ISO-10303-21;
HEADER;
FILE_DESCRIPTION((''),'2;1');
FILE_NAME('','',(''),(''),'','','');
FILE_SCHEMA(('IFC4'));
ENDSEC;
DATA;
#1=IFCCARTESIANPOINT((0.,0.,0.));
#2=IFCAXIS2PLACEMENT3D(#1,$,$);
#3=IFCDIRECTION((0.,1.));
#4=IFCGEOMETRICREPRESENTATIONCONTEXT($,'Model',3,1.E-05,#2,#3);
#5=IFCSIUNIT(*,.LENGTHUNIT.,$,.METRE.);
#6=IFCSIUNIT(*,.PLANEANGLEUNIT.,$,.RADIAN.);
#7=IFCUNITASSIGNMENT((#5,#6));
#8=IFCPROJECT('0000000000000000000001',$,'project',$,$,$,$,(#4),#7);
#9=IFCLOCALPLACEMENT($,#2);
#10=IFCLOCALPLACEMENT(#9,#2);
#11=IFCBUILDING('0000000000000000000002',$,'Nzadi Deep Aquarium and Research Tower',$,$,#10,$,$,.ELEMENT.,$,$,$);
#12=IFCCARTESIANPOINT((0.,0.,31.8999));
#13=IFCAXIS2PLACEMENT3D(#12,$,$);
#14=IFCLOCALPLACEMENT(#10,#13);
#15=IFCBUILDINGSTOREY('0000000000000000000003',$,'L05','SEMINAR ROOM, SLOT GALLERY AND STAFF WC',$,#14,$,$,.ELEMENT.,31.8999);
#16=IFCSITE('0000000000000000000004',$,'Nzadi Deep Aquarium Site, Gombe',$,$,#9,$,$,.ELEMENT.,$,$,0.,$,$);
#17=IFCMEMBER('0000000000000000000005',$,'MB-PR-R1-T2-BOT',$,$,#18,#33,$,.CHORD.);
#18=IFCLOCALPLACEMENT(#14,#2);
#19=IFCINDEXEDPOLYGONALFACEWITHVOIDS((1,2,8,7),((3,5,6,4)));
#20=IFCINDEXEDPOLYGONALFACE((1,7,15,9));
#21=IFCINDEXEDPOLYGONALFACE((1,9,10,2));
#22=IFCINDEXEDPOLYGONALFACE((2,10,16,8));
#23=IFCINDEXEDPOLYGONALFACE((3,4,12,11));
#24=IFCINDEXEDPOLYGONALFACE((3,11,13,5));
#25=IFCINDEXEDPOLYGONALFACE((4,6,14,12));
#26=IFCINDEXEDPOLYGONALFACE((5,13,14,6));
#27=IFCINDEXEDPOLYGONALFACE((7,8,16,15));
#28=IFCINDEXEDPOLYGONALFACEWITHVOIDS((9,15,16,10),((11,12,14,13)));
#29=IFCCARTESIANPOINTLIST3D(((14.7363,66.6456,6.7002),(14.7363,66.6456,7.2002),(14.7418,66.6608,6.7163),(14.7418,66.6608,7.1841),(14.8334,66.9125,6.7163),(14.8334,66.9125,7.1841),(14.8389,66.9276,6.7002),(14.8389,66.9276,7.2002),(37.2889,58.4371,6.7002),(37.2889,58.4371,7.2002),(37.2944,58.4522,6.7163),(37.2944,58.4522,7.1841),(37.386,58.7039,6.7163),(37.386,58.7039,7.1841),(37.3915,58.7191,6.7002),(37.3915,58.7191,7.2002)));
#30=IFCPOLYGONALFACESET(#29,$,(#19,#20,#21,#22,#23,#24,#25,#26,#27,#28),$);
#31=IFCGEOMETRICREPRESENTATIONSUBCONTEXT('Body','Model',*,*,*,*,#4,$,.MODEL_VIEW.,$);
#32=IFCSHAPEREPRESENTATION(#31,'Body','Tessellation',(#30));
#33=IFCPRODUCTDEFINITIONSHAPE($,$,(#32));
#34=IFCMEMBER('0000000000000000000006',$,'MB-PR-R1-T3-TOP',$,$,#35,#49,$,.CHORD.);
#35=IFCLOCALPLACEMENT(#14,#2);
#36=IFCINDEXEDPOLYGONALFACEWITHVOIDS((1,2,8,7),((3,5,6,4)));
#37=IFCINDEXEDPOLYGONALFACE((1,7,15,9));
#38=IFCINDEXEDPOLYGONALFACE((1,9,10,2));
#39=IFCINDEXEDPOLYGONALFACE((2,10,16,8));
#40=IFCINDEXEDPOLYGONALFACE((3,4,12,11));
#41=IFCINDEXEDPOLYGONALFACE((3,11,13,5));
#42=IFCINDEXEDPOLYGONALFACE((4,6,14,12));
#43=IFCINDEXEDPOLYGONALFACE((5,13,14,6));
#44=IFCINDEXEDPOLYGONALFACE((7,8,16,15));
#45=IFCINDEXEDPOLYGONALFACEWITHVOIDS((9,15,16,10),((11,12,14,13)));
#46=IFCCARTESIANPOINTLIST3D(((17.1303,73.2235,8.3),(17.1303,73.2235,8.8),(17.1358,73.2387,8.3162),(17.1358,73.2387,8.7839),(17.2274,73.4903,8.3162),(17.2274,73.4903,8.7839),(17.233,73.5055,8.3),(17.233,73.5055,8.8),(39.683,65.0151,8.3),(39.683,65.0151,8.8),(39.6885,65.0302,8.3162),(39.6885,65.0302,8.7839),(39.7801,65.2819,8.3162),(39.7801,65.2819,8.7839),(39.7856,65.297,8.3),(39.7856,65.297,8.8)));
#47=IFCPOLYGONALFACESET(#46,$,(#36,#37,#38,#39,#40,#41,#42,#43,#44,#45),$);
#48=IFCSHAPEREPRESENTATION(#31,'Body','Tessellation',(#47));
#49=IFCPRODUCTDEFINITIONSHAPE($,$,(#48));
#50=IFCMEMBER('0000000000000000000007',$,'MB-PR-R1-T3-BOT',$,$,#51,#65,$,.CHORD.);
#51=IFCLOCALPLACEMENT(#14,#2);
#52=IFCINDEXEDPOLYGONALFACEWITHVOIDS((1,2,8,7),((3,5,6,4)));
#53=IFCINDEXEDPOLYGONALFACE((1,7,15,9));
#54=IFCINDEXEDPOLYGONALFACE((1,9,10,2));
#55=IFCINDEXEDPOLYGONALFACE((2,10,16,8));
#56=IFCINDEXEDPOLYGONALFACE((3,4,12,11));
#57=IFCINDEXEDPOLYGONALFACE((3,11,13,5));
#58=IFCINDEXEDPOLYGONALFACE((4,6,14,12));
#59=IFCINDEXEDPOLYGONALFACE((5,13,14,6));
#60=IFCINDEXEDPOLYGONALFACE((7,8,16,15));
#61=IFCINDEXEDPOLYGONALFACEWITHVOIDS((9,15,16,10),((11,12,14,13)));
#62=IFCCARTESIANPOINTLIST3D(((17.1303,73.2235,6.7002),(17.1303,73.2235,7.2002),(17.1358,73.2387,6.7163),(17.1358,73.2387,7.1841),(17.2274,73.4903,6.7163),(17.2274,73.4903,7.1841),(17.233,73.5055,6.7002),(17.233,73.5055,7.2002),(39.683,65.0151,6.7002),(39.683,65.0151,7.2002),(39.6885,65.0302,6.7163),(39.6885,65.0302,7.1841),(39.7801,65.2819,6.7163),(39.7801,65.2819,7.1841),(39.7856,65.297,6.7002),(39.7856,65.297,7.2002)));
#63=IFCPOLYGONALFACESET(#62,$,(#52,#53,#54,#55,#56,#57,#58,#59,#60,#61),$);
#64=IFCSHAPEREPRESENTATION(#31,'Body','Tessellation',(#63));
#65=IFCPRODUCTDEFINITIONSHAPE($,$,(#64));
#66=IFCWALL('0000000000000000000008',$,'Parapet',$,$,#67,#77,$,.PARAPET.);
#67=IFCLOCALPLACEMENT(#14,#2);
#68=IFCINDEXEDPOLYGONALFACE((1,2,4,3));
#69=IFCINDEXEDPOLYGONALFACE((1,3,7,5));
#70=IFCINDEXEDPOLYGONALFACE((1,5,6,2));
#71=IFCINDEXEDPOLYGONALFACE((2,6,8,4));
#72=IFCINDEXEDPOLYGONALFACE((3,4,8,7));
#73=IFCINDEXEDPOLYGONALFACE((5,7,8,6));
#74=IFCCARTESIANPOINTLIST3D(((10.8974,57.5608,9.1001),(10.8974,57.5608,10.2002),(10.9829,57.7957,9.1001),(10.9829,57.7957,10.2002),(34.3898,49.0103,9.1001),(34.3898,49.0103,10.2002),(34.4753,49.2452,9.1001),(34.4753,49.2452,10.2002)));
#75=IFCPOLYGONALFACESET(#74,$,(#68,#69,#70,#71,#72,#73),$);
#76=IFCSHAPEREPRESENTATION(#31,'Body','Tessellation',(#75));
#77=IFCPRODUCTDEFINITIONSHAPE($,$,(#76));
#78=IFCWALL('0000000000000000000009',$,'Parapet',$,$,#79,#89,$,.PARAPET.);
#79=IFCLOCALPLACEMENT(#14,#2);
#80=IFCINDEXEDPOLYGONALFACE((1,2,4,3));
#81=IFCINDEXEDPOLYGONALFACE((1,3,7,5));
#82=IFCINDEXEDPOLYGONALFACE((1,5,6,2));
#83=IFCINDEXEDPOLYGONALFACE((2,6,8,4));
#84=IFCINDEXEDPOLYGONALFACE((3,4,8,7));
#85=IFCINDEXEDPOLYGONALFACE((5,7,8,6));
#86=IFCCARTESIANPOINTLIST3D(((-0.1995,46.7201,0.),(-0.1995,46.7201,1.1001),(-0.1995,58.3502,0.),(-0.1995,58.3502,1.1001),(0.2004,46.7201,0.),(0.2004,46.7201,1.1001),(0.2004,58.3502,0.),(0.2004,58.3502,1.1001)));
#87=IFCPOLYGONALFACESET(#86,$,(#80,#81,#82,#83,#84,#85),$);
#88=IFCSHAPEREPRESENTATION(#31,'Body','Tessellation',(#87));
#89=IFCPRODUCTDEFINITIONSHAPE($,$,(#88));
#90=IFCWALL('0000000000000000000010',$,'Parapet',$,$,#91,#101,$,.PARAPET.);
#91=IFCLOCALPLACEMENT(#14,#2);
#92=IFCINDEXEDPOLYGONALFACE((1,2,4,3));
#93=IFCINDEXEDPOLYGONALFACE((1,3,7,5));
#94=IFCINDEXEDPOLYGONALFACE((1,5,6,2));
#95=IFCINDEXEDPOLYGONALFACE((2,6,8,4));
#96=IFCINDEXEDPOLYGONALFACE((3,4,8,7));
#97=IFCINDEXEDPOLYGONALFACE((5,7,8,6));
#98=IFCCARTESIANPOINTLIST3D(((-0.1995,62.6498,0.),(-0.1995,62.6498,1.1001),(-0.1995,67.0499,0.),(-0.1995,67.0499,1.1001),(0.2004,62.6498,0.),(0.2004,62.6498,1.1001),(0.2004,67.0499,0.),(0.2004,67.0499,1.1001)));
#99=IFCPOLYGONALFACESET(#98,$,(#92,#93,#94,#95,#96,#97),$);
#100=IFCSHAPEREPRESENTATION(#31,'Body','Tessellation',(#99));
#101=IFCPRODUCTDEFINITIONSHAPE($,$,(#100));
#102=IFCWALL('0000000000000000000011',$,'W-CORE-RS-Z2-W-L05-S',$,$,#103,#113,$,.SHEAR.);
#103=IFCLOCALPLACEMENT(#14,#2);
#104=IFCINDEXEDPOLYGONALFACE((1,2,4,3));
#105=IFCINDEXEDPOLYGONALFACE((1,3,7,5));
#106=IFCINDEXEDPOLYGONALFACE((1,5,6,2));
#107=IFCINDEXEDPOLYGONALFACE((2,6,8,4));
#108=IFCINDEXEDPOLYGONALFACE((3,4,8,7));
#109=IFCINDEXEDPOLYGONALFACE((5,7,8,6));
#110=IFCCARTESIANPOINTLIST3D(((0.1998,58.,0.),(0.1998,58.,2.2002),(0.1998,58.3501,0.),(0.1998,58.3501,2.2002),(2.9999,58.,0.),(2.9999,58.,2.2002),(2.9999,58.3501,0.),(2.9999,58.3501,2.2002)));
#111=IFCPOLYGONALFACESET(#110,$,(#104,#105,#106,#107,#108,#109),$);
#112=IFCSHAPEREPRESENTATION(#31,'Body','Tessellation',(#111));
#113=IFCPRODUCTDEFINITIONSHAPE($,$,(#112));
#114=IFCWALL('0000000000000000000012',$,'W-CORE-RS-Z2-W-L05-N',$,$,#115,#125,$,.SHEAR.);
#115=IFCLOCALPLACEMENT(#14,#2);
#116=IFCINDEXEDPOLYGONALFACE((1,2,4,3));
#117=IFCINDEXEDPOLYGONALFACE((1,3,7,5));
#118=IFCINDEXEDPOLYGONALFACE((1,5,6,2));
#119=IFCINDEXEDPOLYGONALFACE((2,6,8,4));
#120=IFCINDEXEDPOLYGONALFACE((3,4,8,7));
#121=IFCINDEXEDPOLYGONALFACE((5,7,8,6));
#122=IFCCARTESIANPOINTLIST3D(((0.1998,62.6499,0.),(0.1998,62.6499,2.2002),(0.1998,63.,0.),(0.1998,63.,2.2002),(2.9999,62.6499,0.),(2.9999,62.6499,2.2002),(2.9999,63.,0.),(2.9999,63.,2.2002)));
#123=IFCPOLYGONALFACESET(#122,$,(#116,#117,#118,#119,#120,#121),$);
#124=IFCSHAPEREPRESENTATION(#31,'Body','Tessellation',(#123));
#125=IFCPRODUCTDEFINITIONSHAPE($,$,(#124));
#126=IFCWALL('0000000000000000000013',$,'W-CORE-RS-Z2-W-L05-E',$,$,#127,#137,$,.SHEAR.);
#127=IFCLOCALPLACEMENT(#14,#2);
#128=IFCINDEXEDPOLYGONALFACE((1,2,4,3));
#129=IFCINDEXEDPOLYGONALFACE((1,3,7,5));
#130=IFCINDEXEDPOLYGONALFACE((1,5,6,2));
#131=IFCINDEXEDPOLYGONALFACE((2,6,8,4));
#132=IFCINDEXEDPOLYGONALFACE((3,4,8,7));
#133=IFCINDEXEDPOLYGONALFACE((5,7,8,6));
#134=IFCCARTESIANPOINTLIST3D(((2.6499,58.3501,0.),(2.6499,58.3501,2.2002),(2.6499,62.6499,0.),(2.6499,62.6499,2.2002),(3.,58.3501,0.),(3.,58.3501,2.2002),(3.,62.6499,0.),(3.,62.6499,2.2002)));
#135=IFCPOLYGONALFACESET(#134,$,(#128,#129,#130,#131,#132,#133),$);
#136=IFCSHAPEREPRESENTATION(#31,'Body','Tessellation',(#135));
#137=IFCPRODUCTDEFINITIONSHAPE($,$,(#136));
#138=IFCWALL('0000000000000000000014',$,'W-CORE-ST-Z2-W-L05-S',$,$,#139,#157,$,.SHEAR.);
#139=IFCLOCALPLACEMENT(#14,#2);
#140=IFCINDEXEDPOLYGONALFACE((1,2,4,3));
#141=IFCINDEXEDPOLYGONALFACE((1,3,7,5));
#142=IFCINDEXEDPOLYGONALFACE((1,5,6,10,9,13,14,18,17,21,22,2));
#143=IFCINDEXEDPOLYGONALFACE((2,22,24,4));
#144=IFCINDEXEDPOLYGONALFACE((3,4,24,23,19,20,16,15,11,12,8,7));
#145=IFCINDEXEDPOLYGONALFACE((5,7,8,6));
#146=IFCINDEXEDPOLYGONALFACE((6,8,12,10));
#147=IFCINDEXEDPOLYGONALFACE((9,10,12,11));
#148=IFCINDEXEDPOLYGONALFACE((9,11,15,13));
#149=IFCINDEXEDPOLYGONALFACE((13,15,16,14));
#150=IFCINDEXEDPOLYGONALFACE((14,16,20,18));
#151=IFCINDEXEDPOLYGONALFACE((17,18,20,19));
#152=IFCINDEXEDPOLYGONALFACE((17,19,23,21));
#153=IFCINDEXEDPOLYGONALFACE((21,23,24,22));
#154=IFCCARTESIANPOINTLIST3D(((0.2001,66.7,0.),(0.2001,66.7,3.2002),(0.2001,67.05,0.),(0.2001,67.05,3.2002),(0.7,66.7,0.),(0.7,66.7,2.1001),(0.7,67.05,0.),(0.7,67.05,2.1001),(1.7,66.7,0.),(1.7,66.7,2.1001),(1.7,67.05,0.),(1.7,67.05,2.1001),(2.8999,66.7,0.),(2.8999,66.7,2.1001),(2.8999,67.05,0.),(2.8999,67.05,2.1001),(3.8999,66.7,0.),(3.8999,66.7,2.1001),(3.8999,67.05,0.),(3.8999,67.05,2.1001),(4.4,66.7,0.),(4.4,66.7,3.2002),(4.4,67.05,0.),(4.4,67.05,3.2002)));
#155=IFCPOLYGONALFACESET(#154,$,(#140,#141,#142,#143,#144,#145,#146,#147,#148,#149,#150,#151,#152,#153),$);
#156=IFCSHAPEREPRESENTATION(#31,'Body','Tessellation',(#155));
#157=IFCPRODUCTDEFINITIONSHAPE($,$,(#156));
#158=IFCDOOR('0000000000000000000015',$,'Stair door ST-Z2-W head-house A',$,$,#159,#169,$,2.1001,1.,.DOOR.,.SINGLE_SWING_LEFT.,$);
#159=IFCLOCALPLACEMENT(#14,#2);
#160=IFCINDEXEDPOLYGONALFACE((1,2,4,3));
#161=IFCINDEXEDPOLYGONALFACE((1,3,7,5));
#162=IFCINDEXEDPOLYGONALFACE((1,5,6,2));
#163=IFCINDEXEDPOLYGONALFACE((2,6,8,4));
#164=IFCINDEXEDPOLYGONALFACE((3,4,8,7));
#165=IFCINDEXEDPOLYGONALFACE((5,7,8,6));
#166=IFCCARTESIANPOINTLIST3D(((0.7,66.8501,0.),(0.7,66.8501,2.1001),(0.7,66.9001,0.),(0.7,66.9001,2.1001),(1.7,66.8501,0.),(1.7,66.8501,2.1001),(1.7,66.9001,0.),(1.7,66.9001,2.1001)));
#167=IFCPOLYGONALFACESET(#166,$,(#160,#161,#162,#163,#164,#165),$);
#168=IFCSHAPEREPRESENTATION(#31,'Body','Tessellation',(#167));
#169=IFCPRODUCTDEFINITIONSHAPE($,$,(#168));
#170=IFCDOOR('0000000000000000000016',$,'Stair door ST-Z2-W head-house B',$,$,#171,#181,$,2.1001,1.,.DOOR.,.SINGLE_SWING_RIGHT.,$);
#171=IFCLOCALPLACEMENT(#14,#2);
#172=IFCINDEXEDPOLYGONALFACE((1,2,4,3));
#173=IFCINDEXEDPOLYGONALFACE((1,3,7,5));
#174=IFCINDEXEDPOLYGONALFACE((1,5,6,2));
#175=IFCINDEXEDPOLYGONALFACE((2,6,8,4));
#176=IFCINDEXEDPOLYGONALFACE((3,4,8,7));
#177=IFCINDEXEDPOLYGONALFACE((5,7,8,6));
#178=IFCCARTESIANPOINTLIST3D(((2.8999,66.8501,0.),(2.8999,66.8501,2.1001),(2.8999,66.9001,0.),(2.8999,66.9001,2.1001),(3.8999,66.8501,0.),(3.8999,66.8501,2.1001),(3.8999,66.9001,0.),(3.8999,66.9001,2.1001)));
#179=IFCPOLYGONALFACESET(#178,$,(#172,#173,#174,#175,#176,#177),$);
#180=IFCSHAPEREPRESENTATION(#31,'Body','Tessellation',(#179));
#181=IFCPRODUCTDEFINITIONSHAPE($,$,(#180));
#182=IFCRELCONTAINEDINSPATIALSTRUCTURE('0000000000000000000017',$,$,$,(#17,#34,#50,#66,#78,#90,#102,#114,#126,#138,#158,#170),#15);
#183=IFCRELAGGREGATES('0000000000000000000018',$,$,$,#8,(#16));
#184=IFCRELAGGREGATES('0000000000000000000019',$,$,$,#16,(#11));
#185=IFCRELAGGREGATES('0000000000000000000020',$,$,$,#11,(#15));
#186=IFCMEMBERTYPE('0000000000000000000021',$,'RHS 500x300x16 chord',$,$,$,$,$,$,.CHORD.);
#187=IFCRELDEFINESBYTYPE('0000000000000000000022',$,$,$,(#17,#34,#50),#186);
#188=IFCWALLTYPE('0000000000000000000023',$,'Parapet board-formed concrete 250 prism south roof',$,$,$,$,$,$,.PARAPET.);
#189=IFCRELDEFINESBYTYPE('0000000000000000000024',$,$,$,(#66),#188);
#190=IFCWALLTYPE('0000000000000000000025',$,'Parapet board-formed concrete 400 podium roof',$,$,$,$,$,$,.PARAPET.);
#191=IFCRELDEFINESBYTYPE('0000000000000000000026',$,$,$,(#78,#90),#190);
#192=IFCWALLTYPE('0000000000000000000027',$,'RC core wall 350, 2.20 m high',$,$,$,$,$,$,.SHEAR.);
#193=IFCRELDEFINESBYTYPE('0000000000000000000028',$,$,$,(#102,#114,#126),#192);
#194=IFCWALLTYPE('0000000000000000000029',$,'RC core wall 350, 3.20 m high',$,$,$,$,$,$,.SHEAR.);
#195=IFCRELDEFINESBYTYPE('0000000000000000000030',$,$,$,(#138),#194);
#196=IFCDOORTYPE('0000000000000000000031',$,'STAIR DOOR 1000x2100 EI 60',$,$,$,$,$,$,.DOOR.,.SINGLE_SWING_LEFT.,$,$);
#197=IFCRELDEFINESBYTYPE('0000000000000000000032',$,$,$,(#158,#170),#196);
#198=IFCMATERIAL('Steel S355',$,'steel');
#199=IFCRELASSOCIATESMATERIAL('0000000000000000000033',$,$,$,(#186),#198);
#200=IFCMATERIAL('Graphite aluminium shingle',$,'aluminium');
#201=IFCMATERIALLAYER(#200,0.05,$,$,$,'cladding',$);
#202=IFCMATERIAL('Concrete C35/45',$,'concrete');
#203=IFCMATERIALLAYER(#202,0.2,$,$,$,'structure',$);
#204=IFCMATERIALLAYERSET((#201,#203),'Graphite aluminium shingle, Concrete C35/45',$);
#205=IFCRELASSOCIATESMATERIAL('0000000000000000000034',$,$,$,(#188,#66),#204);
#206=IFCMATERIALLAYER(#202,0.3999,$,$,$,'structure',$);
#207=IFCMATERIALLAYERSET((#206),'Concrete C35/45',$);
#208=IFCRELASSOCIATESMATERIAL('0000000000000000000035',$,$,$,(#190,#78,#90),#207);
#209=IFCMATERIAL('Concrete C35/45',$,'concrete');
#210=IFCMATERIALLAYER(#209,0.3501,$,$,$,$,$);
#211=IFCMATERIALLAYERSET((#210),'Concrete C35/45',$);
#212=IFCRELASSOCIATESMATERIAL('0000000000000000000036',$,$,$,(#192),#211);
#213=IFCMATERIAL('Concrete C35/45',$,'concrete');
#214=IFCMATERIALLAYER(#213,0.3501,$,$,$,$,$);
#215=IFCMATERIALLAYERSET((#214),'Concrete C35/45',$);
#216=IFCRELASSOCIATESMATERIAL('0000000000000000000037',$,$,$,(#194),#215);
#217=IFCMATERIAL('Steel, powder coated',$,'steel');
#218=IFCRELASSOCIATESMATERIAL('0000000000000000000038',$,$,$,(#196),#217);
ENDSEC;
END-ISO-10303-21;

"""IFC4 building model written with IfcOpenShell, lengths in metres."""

from ifc_helpers import new_model, si_unit, direction, frame, frame_2d, origin, origin_2d, place, context, subcontext, project, spatial, rectangle, hollow_rectangle, extrude, material, layer, layer_set, layer_usage, material_profile, profile_set, type_object, element, fill, save


model = new_model("IFC4")

# Units and contexts
model_context = context("Model", 3, precision=1e-05, world=origin(), true_north=direction((0.0, 1.0)))
body_context = subcontext(model_context, "Body", "Model", "MODEL_VIEW")
ifc_project = project(units=[si_unit("LENGTHUNIT", "METRE"), si_unit("PLANEANGLEUNIT", "RADIAN")], contexts=[model_context])

# Site, building, storey
site_placement = place(None, origin())
site = spatial("IfcSite", under=ifc_project, at=site_placement, Name="Nzadi Deep Aquarium Site, Gombe", CompositionType="ELEMENT", RefElevation=0.0)
building_placement = place(site_placement, origin())
building = spatial("IfcBuilding", under=site, at=building_placement, Name="Nzadi Deep Aquarium and Research Tower", CompositionType="ELEMENT")
storey_placement = place(building_placement, frame((0.0, 0.0, 31.8999)))
storey = spatial("IfcBuildingStorey", under=building, at=storey_placement, Name="L05", Description="SEMINAR ROOM, SLOT GALLERY AND STAFF WC", CompositionType="ELEMENT", Elevation=31.8999)

# Members
ifc_material_1 = material(Name="Steel S355", Category="steel")
ifc_material_profile_1 = material_profile(ifc_material_1, hollow_rectangle(XDim=0.3, YDim=0.5, WallThickness=0.0161, at=origin_2d()))
ifc_profile_set_1 = profile_set([ifc_material_profile_1], Name="Steel S355")
member_type_1 = type_object("IfcMemberType", Name="RHS 500x300x16 chord", PredefinedType="CHORD", material=ifc_profile_set_1)
for number, where, z_axis, x_axis, name in (
    (1, (14.7876, 66.7866, 6.9502), (0.939692, -0.342022, 0.0), (0.342022, 0.939692, 0.0), "MB-PR-R1-T2-BOT"),
    (2, (17.1816, 73.3645, 8.55), (0.939693, -0.342019, 0.0), (0.342019, 0.939693, 0.0), "MB-PR-R1-T3-TOP"),
    (3, (17.1816, 73.3645, 6.9502), (0.939693, -0.342019, 0.0), (0.342019, 0.939693, 0.0), "MB-PR-R1-T3-BOT"),
):
    element("IfcMember", number, at=place(storey_placement, frame(where, z_axis=z_axis, x_axis=x_axis)), inside=storey, type_object=member_type_1, Name=name, PredefinedType="CHORD", context=body_context, shape_type="SweptSolid", body=[
        extrude(hollow_rectangle(XDim=0.3, YDim=0.5, WallThickness=0.0161, at=origin_2d()), origin(), (0.0, 0.0, 1.0), 24.0),
    ])

# Walls
ifc_material_2 = material(Name="Graphite aluminium shingle", Category="aluminium")
ifc_layer_1 = layer(ifc_material_2, 0.05, Category="cladding")
ifc_material_3 = material(Name="Concrete C35/45", Category="concrete")
ifc_layer_2 = layer(ifc_material_3, 0.2, Category="structure")
ifc_layer_set_1 = layer_set([ifc_layer_1, ifc_layer_2], Name="Graphite aluminium shingle, Concrete C35/45")
ifc_layer_usage_1 = layer_usage(ifc_layer_set_1, "AXIS2", "POSITIVE", -0.125)
wall_type_1 = type_object("IfcWallType", Name="Parapet board-formed concrete 250 prism south roof", PredefinedType="PARAPET", material=ifc_layer_set_1)
wall_1_placement = place(storey_placement, frame((10.9402, 57.6782, 9.1001), z_axis=(0.0, 0.0, 1.0), x_axis=(0.939693, -0.34202, 0.0)))
element("IfcWall", 4, at=wall_1_placement, inside=storey, type_object=wall_type_1, material=ifc_layer_usage_1, Name="Parapet", PredefinedType="PARAPET", context=body_context, shape_type="SweptSolid", body=[
    extrude(rectangle(XDim=25.0, YDim=0.25, at=frame_2d((12.5, 0.0))), origin(), (0.0, 0.0, 1.0), 1.1001),
])
ifc_layer_3 = layer(ifc_material_3, 0.3999, Category="structure")
ifc_layer_set_2 = layer_set([ifc_layer_3], Name="Concrete C35/45")
ifc_layer_usage_2 = layer_usage(ifc_layer_set_2, "AXIS2", "POSITIVE", -0.2)
wall_type_2 = type_object("IfcWallType", Name="Parapet board-formed concrete 400 podium roof", PredefinedType="PARAPET", material=ifc_layer_set_2)
wall_2_placement = place(storey_placement, frame((0.0005, 58.3501, 0.0), z_axis=(0.0, 0.0, 1.0), x_axis=(0.0, -1.0, 0.0)))
element("IfcWall", 5, at=wall_2_placement, inside=storey, type_object=wall_type_2, material=ifc_layer_usage_2, Name="Parapet", PredefinedType="PARAPET", context=body_context, shape_type="SweptSolid", body=[
    extrude(rectangle(XDim=11.6301, YDim=0.3999, at=frame_2d((5.8149, 0.0))), origin(), (0.0, 0.0, 1.0), 1.1001),
])
ifc_layer_usage_3 = layer_usage(ifc_layer_set_2, "AXIS2", "POSITIVE", -0.2)
wall_3_placement = place(storey_placement, frame((0.0005, 67.05, 0.0), z_axis=(0.0, 0.0, 1.0), x_axis=(0.0, -1.0, 0.0)))
element("IfcWall", 6, at=wall_3_placement, inside=storey, type_object=wall_type_2, material=ifc_layer_usage_3, Name="Parapet", PredefinedType="PARAPET", context=body_context, shape_type="SweptSolid", body=[
    extrude(rectangle(XDim=4.4001, YDim=0.3999, at=frame_2d((2.2002, 0.0))), origin(), (0.0, 0.0, 1.0), 1.1001),
])
ifc_material_4 = material(Name="Concrete C35/45", Category="concrete")
ifc_layer_4 = layer(ifc_material_4, 0.3501)
ifc_layer_set_3 = layer_set([ifc_layer_4], Name="Concrete C35/45")
wall_type_3 = type_object("IfcWallType", Name="RC core wall 350, 2.20 m high", PredefinedType="SHEAR", material=ifc_layer_set_3)
for number, where, z_axis, x_axis, name in (
    (7, (0.2, 58.175, 0.0), (0.0, 0.0, 1.0), (1.0, 0.0, 0.0), "W-CORE-RS-Z2-W-L05-S"),
    (8, (0.2, 62.825, 0.0), (0.0, 0.0, 1.0), (1.0, 0.0, 0.0), "W-CORE-RS-Z2-W-L05-N"),
):
    element("IfcWall", number, at=place(storey_placement, frame(where, z_axis=z_axis, x_axis=x_axis)), inside=storey, type_object=wall_type_3, Name=name, PredefinedType="SHEAR", context=body_context, shape_type="SweptSolid", body=[
        extrude(rectangle(XDim=2.8, YDim=0.3501, at=frame_2d((1.3999, 0.0))), origin(), (0.0, 0.0, 1.0), 2.2002),
    ])
wall_4_placement = place(storey_placement, frame((2.825, 58.3501, 0.0), z_axis=(0.0, 0.0, 1.0), x_axis=(0.0, 1.0, 0.0)))
element("IfcWall", 9, at=wall_4_placement, inside=storey, type_object=wall_type_3, Name="W-CORE-RS-Z2-W-L05-E", PredefinedType="SHEAR", context=body_context, shape_type="SweptSolid", body=[
    extrude(rectangle(XDim=4.2998, YDim=0.3501, at=frame_2d((2.1499, 0.0))), origin(), (0.0, 0.0, 1.0), 2.2002),
])

# Wall, openings, doors
ifc_material_5 = material(Name="Concrete C35/45", Category="concrete")
ifc_layer_5 = layer(ifc_material_5, 0.3501)
ifc_layer_set_4 = layer_set([ifc_layer_5], Name="Concrete C35/45")
wall_type_4 = type_object("IfcWallType", Name="RC core wall 350, 3.20 m high", PredefinedType="SHEAR", material=ifc_layer_set_4)
wall_5_placement = place(storey_placement, frame((0.2, 66.875, 0.0), z_axis=(0.0, 0.0, 1.0), x_axis=(1.0, 0.0, 0.0)))
wall_5 = element("IfcWall", 10, at=wall_5_placement, inside=storey, type_object=wall_type_4, Name="W-CORE-ST-Z2-W-L05-S", PredefinedType="SHEAR", context=body_context, shape_type="SweptSolid", body=[
    extrude(rectangle(XDim=4.2, YDim=0.3501, at=frame_2d((2.1001, 0.0))), origin(), (0.0, 0.0, 1.0), 3.2002),
])
opening_1_placement = place(wall_5_placement, frame((0.5, 0.0, 0.0)))
opening_1 = element("IfcOpeningElement", 11, at=opening_1_placement, cuts=wall_5, PredefinedType="OPENING", context=body_context, shape_type="SweptSolid", body=[
    extrude(rectangle(XDim=1.0, YDim=2.1001, at=frame_2d((0.5, 1.05))), frame((0.0, 0.1851, 0.0), z_axis=(0.0, -1.0, 0.0), x_axis=(1.0, 0.0, 0.0)), (0.0, 0.0, 1.0), 0.3701),
])
opening_2_placement = place(wall_5_placement, frame((2.7, 0.0, 0.0)))
opening_2 = element("IfcOpeningElement", 12, at=opening_2_placement, cuts=wall_5, PredefinedType="OPENING", context=body_context, shape_type="SweptSolid", body=[
    extrude(rectangle(XDim=1.0, YDim=2.1001, at=frame_2d((0.5, 1.05))), frame((0.0, 0.1851, 0.0), z_axis=(0.0, -1.0, 0.0), x_axis=(1.0, 0.0, 0.0)), (0.0, 0.0, 1.0), 0.3701),
])
ifc_material_6 = material(Name="Steel, powder coated", Category="steel")
door_type = type_object("IfcDoorType", Name="STAIR DOOR 1000x2100 EI 60", OperationType="SINGLE_SWING_LEFT", PredefinedType="DOOR", material=ifc_material_6)
door_1_placement = place(opening_1_placement, frame((1.0, 0.0, 0.0), z_axis=(0.0, 0.0, 1.0), x_axis=(-1.0, 0.0, 0.0)))
door_1 = element("IfcDoor", 13, at=door_1_placement, inside=storey, type_object=door_type, Name="Stair door ST-Z2-W head-house A", OperationType="SINGLE_SWING_LEFT", OverallHeight=2.1001, OverallWidth=1.0, PredefinedType="DOOR", context=body_context, shape_type="SweptSolid", body=[
    extrude(rectangle(XDim=1.0, YDim=2.1001, at=frame_2d((0.5, 1.05))), frame((0.0, 0.0249, 0.0), z_axis=(0.0, -1.0, 0.0), x_axis=(1.0, 0.0, 0.0)), (0.0, 0.0, 1.0), 0.05),
])
fill(opening_1, door_1)
door_2_placement = place(opening_2_placement, frame((1.0, 0.0, 0.0), z_axis=(0.0, 0.0, 1.0), x_axis=(-1.0, 0.0, 0.0)))
door_2 = element("IfcDoor", 14, at=door_2_placement, inside=storey, type_object=door_type, Name="Stair door ST-Z2-W head-house B", OperationType="SINGLE_SWING_RIGHT", OverallHeight=2.1001, OverallWidth=1.0, PredefinedType="DOOR", context=body_context, shape_type="SweptSolid", body=[
    extrude(rectangle(XDim=1.0, YDim=2.1001, at=frame_2d((0.5, 1.05))), frame((0.0, 0.0249, 0.0), z_axis=(0.0, -1.0, 0.0), x_axis=(1.0, 0.0, 0.0)), (0.0, 0.0, 1.0), 0.05),
])
fill(opening_2, door_2)

save(model, "model.ifc")
